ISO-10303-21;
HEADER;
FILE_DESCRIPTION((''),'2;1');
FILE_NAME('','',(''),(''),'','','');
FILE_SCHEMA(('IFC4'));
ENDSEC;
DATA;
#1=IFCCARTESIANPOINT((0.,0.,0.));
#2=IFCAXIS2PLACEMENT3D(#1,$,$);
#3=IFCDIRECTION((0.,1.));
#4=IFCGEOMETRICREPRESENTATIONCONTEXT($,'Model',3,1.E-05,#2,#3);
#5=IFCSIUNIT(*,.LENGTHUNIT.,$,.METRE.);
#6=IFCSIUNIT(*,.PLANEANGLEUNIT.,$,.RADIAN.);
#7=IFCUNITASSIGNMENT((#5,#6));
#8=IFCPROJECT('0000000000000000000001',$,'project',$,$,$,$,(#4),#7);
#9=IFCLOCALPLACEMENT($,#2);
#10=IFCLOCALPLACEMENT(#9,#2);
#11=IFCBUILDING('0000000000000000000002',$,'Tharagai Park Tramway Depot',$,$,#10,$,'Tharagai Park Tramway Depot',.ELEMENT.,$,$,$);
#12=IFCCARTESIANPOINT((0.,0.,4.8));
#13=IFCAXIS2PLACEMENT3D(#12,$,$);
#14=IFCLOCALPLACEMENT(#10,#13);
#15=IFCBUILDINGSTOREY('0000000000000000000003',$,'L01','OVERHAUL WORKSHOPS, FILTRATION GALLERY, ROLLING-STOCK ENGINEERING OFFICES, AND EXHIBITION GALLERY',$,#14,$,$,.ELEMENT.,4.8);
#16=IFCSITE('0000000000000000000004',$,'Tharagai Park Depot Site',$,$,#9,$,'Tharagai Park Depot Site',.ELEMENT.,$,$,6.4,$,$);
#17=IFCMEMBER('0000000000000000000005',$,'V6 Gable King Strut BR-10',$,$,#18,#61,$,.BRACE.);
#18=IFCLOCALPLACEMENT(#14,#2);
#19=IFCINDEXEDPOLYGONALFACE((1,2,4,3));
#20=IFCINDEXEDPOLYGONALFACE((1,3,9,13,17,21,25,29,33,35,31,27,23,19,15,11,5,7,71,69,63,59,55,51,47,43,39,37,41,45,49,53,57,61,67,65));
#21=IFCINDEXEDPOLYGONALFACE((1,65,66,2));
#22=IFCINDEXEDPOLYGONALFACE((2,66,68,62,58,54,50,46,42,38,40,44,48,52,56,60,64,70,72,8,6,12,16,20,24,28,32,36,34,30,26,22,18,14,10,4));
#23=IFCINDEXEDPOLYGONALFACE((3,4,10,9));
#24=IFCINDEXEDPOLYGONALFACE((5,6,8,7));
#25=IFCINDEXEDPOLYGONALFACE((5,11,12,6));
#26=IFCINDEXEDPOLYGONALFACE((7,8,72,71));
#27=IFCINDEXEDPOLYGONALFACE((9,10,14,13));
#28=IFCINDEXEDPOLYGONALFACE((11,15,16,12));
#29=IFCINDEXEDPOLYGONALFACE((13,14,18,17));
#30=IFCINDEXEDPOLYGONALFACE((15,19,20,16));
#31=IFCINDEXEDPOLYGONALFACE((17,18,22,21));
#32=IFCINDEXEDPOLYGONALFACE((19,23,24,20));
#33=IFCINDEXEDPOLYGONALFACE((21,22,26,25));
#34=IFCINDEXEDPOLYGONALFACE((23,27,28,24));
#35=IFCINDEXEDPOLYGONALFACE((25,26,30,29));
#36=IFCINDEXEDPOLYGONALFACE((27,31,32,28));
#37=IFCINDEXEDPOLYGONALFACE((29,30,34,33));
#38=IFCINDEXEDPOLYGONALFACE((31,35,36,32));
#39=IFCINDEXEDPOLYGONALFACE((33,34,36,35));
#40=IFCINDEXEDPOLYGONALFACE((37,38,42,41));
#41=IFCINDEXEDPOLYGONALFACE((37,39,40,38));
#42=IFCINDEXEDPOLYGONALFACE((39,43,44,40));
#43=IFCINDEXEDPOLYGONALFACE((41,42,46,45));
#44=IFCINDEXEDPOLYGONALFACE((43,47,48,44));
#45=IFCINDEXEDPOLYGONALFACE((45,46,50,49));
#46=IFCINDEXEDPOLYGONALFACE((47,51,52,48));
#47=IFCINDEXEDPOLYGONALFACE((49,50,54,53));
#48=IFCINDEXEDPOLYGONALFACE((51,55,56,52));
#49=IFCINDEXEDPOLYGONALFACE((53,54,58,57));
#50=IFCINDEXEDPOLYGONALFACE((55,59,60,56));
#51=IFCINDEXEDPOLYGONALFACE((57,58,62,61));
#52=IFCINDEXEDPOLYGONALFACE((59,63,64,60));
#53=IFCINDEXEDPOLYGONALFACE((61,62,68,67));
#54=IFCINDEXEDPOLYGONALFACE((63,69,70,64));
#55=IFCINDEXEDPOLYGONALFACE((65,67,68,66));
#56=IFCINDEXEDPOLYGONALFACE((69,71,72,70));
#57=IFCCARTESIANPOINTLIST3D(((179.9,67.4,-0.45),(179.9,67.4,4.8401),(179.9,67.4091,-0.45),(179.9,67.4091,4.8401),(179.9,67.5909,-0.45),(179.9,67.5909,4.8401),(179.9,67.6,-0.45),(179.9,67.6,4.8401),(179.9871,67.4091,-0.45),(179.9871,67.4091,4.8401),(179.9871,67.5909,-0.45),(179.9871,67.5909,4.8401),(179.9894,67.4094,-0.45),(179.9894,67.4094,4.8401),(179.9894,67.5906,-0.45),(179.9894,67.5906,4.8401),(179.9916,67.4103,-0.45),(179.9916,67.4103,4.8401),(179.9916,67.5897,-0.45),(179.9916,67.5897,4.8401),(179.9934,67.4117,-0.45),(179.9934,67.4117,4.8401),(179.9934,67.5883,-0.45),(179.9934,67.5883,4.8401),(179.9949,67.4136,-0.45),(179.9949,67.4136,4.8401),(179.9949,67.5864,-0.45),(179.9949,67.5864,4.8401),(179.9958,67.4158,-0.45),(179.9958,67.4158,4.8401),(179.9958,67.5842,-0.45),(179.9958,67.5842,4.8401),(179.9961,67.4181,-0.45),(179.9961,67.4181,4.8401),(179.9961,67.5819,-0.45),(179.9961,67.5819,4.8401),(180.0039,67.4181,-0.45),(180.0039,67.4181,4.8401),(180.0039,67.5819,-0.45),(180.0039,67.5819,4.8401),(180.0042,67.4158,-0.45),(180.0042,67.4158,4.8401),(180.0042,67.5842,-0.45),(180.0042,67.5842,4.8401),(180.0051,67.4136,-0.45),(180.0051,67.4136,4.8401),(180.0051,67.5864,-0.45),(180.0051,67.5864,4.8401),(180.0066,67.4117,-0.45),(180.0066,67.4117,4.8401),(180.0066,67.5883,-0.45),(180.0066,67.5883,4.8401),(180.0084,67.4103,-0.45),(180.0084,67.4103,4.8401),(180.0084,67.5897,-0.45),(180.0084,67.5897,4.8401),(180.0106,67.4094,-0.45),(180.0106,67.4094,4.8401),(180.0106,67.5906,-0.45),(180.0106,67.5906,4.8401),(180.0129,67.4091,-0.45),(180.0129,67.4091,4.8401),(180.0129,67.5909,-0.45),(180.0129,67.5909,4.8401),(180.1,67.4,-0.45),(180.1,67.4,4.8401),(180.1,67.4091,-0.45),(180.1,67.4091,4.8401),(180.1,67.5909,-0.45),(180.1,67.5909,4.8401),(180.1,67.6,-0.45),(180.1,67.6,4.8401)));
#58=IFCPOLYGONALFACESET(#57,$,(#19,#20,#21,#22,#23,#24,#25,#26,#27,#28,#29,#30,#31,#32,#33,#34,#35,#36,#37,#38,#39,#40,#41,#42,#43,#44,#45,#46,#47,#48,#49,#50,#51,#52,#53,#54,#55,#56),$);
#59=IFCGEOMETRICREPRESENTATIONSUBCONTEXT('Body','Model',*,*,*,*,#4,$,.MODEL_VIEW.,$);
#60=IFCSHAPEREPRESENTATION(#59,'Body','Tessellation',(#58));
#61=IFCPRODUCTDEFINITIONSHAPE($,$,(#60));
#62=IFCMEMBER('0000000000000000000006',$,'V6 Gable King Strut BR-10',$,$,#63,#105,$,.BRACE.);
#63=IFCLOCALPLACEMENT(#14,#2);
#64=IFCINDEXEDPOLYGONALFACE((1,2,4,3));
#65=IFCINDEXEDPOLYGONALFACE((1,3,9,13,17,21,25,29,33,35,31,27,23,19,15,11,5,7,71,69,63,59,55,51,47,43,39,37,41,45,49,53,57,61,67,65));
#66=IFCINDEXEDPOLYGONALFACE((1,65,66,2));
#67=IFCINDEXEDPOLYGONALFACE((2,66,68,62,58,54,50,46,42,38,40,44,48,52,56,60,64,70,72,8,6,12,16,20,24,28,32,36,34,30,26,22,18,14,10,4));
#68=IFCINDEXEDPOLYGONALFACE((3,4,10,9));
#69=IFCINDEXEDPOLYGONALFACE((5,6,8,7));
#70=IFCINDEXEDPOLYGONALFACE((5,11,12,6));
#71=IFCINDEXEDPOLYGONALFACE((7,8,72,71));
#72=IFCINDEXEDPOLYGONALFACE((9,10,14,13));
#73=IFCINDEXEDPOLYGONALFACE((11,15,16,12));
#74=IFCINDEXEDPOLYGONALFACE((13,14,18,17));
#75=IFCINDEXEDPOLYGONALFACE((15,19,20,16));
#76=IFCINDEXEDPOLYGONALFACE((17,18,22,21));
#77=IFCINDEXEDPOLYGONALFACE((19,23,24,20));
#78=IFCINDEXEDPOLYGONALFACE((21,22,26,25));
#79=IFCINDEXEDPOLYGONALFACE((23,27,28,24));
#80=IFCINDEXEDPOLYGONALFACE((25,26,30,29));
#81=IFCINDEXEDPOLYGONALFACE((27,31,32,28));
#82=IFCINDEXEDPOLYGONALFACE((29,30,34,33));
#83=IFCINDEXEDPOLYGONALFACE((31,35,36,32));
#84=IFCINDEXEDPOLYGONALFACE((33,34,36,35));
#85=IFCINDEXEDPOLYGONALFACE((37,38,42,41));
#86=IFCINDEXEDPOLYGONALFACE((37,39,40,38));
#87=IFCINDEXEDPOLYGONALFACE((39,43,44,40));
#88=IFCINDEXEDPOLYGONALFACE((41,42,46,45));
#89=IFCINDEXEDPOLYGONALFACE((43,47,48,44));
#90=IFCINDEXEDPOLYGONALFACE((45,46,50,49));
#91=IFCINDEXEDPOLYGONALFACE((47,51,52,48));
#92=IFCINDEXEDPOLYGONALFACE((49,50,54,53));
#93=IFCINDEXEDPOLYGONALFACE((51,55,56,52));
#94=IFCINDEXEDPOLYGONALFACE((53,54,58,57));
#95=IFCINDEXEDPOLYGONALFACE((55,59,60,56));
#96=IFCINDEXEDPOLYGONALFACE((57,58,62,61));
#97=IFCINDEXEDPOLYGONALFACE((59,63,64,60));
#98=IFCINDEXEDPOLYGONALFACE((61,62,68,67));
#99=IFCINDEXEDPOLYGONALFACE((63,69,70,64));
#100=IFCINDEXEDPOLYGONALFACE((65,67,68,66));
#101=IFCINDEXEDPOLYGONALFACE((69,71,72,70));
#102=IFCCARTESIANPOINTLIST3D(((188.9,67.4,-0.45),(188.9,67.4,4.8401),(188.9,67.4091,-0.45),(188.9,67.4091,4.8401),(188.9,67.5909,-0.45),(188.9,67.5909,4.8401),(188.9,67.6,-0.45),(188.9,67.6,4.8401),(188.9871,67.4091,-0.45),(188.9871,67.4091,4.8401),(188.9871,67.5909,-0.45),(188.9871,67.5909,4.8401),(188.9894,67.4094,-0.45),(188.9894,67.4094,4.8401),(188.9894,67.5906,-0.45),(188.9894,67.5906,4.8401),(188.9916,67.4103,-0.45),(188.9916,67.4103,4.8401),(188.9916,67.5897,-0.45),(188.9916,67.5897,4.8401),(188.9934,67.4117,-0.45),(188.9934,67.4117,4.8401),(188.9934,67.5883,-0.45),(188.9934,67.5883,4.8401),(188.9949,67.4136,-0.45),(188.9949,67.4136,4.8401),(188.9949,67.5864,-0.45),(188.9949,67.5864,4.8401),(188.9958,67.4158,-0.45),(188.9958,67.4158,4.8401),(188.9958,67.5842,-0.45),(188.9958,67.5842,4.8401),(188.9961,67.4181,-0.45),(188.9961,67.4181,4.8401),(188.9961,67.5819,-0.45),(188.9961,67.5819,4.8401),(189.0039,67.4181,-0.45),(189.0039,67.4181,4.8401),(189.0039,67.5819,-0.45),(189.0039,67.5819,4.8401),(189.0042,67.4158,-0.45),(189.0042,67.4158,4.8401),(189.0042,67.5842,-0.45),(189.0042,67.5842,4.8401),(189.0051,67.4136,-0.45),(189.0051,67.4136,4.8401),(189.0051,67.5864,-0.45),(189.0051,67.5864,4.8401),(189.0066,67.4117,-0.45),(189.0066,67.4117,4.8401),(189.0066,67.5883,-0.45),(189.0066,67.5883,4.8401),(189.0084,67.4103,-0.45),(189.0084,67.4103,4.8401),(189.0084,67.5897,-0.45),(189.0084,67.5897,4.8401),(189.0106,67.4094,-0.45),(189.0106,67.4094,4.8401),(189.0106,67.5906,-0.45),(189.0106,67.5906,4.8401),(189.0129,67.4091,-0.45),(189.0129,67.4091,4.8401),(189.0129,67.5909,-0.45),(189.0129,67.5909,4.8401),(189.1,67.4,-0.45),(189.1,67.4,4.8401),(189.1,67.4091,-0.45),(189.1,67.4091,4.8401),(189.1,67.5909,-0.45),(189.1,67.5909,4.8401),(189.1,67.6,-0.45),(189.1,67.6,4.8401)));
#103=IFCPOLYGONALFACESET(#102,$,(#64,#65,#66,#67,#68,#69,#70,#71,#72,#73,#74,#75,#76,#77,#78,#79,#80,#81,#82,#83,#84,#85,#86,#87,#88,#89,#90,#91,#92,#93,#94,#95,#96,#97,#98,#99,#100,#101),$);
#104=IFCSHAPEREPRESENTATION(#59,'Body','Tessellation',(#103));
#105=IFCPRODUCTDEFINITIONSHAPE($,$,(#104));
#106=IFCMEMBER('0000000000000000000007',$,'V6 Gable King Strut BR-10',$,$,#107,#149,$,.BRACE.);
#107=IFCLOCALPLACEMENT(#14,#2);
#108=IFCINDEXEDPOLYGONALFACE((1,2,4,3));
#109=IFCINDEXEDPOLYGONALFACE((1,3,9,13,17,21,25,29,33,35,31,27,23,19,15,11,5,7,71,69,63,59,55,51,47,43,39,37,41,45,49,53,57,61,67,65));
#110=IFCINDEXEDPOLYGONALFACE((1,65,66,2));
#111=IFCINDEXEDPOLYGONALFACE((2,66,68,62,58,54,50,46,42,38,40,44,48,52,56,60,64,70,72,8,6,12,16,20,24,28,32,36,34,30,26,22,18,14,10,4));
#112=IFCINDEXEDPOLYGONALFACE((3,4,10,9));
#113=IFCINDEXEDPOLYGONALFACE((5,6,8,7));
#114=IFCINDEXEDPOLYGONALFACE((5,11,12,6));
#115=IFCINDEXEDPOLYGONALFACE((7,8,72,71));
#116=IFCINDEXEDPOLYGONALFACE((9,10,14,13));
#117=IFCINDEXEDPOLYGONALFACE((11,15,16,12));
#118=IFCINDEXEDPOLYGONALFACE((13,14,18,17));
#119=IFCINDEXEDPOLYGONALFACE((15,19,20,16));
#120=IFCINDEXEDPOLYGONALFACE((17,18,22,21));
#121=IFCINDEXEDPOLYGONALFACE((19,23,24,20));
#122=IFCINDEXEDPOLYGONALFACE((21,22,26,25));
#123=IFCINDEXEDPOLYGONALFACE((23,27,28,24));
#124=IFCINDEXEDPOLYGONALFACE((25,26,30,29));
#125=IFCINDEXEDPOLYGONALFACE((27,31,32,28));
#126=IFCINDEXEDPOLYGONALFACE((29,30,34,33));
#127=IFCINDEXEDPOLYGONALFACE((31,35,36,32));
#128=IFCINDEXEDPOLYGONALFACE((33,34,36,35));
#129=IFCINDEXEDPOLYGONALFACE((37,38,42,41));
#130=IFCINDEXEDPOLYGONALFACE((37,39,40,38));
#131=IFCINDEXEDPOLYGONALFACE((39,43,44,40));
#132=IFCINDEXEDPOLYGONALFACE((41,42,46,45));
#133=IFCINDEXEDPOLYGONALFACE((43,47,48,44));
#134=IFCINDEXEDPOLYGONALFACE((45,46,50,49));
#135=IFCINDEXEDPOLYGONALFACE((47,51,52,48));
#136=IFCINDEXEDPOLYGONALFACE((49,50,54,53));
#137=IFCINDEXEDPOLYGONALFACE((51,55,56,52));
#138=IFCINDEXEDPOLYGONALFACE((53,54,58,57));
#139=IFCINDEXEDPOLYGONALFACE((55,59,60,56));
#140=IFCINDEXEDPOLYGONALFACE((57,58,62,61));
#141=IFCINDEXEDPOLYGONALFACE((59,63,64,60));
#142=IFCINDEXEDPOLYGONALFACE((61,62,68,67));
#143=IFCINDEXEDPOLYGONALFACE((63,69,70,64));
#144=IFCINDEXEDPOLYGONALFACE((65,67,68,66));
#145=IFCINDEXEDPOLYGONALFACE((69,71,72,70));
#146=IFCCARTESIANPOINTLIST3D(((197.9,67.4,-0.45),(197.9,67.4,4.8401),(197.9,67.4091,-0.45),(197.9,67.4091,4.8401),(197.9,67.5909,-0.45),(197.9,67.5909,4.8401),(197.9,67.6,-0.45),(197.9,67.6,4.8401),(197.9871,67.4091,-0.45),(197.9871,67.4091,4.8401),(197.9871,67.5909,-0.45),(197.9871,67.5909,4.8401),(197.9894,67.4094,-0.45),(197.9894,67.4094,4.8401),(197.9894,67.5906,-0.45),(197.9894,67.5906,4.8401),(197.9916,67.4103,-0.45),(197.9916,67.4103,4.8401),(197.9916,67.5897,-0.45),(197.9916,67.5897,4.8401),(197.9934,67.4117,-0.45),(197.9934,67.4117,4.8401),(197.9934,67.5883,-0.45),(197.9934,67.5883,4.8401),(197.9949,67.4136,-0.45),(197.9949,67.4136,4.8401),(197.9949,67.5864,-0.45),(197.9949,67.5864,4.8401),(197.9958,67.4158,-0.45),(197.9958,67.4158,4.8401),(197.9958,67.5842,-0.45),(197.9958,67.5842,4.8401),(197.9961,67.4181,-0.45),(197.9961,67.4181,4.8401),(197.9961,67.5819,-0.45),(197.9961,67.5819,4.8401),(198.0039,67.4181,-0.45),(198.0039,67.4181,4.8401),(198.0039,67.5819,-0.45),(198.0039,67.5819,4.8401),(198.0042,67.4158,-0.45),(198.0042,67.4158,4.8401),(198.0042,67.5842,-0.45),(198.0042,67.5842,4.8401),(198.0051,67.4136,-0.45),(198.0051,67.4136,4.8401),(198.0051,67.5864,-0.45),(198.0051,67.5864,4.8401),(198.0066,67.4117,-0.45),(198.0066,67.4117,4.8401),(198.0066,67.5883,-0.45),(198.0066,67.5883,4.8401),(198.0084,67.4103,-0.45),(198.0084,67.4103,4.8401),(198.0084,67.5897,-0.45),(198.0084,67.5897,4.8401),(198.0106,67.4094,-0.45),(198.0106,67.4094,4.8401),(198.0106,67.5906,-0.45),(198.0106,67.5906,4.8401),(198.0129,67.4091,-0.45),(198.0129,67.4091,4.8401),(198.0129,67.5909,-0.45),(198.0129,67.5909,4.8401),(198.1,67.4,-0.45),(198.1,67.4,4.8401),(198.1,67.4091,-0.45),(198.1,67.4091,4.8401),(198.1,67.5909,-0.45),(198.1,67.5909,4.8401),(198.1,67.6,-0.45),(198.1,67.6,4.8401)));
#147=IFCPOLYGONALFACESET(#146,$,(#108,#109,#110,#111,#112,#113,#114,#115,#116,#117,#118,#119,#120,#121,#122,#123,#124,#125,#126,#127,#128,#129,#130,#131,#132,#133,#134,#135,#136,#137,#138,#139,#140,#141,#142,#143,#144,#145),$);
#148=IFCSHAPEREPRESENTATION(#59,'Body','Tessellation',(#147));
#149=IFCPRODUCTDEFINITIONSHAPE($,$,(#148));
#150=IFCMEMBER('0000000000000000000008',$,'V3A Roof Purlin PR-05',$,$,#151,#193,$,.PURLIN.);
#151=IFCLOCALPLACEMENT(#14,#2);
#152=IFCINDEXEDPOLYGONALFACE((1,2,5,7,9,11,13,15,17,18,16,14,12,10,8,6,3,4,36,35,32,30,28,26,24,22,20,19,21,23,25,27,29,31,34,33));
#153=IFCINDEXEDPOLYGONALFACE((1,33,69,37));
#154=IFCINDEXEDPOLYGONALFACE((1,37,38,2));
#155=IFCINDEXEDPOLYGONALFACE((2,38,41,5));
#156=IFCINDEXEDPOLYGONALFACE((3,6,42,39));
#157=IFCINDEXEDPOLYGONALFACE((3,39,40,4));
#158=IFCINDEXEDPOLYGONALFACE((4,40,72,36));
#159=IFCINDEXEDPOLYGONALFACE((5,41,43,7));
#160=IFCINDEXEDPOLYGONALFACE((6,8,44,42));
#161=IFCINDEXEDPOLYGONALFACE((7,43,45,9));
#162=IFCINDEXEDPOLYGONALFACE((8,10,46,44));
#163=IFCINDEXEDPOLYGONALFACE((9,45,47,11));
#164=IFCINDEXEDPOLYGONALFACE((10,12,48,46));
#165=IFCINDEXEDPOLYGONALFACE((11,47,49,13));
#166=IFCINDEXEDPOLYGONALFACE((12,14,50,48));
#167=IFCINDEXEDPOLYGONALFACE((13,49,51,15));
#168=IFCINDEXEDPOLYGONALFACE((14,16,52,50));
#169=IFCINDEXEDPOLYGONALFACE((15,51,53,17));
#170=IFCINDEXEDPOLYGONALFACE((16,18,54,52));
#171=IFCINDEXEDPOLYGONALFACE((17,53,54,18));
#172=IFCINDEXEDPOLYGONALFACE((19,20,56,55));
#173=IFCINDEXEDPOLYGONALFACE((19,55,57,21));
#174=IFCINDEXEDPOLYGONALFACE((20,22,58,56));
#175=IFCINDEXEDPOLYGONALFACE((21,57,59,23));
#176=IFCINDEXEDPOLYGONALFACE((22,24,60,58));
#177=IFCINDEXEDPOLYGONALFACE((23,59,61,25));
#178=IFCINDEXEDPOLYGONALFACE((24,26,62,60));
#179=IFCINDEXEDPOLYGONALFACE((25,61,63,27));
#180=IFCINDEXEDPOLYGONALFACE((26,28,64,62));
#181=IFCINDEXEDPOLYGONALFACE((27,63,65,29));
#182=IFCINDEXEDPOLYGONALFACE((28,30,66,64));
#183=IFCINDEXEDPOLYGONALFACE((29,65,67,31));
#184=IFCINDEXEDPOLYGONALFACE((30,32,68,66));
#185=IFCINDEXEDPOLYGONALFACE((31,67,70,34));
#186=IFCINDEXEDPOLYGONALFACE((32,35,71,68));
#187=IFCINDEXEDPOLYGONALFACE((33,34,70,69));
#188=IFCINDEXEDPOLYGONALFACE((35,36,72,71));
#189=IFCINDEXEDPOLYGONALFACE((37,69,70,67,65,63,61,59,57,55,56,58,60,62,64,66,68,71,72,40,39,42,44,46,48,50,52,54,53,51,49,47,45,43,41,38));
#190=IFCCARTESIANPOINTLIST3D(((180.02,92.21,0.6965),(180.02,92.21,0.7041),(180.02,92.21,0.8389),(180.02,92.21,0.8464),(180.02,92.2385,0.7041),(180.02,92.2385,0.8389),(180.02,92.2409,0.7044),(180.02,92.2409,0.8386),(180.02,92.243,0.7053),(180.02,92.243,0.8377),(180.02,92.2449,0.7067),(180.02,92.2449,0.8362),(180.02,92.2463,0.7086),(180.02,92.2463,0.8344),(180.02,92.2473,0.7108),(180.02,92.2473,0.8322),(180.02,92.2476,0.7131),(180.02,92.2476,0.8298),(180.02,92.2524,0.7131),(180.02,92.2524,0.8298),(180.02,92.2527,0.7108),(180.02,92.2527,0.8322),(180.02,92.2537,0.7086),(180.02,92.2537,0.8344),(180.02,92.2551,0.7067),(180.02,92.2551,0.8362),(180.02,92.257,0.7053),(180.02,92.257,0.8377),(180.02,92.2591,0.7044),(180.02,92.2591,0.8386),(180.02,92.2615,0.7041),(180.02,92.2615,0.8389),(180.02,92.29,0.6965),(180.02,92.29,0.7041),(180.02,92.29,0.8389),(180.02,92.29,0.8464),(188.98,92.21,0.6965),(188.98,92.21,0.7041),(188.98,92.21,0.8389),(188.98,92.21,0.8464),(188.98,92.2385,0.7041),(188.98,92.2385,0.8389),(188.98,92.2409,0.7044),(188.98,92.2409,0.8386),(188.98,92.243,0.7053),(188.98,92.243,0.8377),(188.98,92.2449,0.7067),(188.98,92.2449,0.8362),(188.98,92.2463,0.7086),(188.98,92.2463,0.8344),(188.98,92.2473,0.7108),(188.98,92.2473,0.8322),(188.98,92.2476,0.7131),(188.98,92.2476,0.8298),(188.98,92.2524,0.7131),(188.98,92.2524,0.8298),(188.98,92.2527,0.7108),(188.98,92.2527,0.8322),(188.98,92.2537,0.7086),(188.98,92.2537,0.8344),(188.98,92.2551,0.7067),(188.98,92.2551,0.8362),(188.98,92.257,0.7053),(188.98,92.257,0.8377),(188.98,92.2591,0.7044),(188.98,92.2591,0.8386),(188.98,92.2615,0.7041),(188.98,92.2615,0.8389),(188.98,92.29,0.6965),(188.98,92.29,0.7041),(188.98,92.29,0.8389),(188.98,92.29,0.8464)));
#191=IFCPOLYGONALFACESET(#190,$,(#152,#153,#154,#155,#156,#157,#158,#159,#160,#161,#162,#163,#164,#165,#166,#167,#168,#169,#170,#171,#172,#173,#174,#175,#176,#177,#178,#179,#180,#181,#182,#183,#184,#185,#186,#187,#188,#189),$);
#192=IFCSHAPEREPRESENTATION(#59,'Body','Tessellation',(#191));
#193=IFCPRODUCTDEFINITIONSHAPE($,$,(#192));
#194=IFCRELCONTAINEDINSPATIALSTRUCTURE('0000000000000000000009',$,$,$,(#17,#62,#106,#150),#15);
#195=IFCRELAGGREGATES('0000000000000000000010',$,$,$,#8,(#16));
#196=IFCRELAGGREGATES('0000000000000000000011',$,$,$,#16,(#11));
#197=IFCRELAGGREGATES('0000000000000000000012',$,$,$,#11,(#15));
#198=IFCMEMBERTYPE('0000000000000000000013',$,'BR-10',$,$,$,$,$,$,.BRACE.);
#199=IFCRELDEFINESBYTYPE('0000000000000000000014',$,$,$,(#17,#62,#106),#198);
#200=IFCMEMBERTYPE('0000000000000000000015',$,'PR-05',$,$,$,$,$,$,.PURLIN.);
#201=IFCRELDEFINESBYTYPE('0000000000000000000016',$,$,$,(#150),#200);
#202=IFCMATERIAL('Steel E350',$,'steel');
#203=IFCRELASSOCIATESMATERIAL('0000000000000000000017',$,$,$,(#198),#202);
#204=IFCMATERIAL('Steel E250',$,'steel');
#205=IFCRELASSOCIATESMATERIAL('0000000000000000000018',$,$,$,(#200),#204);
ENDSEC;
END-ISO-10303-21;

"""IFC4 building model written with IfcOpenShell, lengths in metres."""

from ifc_helpers import new_model, si_unit, direction, frame, origin, origin_2d, place, context, subcontext, project, spatial, i_section, extrude, material, material_profile, profile_set, type_object, element, save


model = new_model("IFC4")

# Units and contexts
model_context = context("Model", 3, precision=1e-05, world=origin(), true_north=direction((0.0, 1.0)))
body_context = subcontext(model_context, "Body", "Model", "MODEL_VIEW")
ifc_project = project(units=[si_unit("LENGTHUNIT", "METRE"), si_unit("PLANEANGLEUNIT", "RADIAN")], contexts=[model_context])

# Site, building, storey
site_placement = place(None, origin())
site = spatial("IfcSite", under=ifc_project, at=site_placement, Name="Tharagai Park Depot Site", LongName="Tharagai Park Depot Site", CompositionType="ELEMENT", RefElevation=6.4)
building_placement = place(site_placement, origin())
building = spatial("IfcBuilding", under=site, at=building_placement, Name="Tharagai Park Tramway Depot", LongName="Tharagai Park Tramway Depot", CompositionType="ELEMENT")
storey_placement = place(building_placement, frame((0.0, 0.0, 4.8)))
storey = spatial("IfcBuildingStorey", under=building, at=storey_placement, Name="L01", Description="OVERHAUL WORKSHOPS, FILTRATION GALLERY, ROLLING-STOCK ENGINEERING OFFICES, AND EXHIBITION GALLERY", CompositionType="ELEMENT", Elevation=4.8)

# Shared definitions
ifc_material_1 = material(Name="Steel E350", Category="steel")

# Members
ifc_material_profile_1 = material_profile(ifc_material_1, i_section(OverallWidth=0.2, OverallDepth=0.2, WebThickness=0.0078, FlangeThickness=0.009, FilletRadius=0.009, at=origin_2d()), Name="ISHB 200")
ifc_profile_set_1 = profile_set([ifc_material_profile_1], Name="Steel E350")
member_type_1 = type_object("IfcMemberType", Name="BR-10", PredefinedType="BRACE", material=ifc_profile_set_1)
for number, where, z_axis, x_axis, name in (
    (1, (180.0, 67.5, -0.45), (0.0, 0.0, 1.0), (1.0, 0.0, 0.0), "V6 Gable King Strut BR-10"),
    (2, (189.0, 67.5, -0.45), (0.0, 0.0, 1.0), (1.0, 0.0, 0.0), "V6 Gable King Strut BR-10"),
    (3, (198.0, 67.5, -0.45), (0.0, 0.0, 1.0), (1.0, 0.0, 0.0), "V6 Gable King Strut BR-10"),
):
    element("IfcMember", number, at=place(storey_placement, frame(where, z_axis=z_axis, x_axis=x_axis)), inside=storey, type_object=member_type_1, Name=name, PredefinedType="BRACE", context=body_context, shape_type="SweptSolid", body=[
        extrude(i_section(OverallWidth=0.2, OverallDepth=0.2, WebThickness=0.0078, FlangeThickness=0.009, FilletRadius=0.009, at=origin_2d()), origin(), (0.0, 0.0, 1.0), 5.29),
    ])
ifc_material_2 = material(Name="Steel E250", Category="steel")
ifc_material_profile_2 = material_profile(ifc_material_2, i_section(OverallWidth=0.0801, OverallDepth=0.1499, WebThickness=0.0049, FlangeThickness=0.0076, FilletRadius=0.009, at=origin_2d()), Name="ISMB 150")
ifc_profile_set_2 = profile_set([ifc_material_profile_2], Name="Steel E250")
member_type_2 = type_object("IfcMemberType", Name="PR-05", PredefinedType="PURLIN", material=ifc_profile_set_2)
for number, where, z_axis, x_axis, name in (
    (4, (180.02, 92.25, 0.7715), (1.0, 0.0, 0.0), (0.0, 1.0, 0.0), "V3A Roof Purlin PR-05"),
):
    element("IfcMember", number, at=place(storey_placement, frame(where, z_axis=z_axis, x_axis=x_axis)), inside=storey, type_object=member_type_2, Name=name, PredefinedType="PURLIN", context=body_context, shape_type="SweptSolid", body=[
        extrude(i_section(OverallWidth=0.0801, OverallDepth=0.1499, WebThickness=0.0049, FlangeThickness=0.0076, FilletRadius=0.009, at=origin_2d()), origin(), (0.0, 0.0, 1.0), 8.96),
    ])

save(model, "model.ifc")
